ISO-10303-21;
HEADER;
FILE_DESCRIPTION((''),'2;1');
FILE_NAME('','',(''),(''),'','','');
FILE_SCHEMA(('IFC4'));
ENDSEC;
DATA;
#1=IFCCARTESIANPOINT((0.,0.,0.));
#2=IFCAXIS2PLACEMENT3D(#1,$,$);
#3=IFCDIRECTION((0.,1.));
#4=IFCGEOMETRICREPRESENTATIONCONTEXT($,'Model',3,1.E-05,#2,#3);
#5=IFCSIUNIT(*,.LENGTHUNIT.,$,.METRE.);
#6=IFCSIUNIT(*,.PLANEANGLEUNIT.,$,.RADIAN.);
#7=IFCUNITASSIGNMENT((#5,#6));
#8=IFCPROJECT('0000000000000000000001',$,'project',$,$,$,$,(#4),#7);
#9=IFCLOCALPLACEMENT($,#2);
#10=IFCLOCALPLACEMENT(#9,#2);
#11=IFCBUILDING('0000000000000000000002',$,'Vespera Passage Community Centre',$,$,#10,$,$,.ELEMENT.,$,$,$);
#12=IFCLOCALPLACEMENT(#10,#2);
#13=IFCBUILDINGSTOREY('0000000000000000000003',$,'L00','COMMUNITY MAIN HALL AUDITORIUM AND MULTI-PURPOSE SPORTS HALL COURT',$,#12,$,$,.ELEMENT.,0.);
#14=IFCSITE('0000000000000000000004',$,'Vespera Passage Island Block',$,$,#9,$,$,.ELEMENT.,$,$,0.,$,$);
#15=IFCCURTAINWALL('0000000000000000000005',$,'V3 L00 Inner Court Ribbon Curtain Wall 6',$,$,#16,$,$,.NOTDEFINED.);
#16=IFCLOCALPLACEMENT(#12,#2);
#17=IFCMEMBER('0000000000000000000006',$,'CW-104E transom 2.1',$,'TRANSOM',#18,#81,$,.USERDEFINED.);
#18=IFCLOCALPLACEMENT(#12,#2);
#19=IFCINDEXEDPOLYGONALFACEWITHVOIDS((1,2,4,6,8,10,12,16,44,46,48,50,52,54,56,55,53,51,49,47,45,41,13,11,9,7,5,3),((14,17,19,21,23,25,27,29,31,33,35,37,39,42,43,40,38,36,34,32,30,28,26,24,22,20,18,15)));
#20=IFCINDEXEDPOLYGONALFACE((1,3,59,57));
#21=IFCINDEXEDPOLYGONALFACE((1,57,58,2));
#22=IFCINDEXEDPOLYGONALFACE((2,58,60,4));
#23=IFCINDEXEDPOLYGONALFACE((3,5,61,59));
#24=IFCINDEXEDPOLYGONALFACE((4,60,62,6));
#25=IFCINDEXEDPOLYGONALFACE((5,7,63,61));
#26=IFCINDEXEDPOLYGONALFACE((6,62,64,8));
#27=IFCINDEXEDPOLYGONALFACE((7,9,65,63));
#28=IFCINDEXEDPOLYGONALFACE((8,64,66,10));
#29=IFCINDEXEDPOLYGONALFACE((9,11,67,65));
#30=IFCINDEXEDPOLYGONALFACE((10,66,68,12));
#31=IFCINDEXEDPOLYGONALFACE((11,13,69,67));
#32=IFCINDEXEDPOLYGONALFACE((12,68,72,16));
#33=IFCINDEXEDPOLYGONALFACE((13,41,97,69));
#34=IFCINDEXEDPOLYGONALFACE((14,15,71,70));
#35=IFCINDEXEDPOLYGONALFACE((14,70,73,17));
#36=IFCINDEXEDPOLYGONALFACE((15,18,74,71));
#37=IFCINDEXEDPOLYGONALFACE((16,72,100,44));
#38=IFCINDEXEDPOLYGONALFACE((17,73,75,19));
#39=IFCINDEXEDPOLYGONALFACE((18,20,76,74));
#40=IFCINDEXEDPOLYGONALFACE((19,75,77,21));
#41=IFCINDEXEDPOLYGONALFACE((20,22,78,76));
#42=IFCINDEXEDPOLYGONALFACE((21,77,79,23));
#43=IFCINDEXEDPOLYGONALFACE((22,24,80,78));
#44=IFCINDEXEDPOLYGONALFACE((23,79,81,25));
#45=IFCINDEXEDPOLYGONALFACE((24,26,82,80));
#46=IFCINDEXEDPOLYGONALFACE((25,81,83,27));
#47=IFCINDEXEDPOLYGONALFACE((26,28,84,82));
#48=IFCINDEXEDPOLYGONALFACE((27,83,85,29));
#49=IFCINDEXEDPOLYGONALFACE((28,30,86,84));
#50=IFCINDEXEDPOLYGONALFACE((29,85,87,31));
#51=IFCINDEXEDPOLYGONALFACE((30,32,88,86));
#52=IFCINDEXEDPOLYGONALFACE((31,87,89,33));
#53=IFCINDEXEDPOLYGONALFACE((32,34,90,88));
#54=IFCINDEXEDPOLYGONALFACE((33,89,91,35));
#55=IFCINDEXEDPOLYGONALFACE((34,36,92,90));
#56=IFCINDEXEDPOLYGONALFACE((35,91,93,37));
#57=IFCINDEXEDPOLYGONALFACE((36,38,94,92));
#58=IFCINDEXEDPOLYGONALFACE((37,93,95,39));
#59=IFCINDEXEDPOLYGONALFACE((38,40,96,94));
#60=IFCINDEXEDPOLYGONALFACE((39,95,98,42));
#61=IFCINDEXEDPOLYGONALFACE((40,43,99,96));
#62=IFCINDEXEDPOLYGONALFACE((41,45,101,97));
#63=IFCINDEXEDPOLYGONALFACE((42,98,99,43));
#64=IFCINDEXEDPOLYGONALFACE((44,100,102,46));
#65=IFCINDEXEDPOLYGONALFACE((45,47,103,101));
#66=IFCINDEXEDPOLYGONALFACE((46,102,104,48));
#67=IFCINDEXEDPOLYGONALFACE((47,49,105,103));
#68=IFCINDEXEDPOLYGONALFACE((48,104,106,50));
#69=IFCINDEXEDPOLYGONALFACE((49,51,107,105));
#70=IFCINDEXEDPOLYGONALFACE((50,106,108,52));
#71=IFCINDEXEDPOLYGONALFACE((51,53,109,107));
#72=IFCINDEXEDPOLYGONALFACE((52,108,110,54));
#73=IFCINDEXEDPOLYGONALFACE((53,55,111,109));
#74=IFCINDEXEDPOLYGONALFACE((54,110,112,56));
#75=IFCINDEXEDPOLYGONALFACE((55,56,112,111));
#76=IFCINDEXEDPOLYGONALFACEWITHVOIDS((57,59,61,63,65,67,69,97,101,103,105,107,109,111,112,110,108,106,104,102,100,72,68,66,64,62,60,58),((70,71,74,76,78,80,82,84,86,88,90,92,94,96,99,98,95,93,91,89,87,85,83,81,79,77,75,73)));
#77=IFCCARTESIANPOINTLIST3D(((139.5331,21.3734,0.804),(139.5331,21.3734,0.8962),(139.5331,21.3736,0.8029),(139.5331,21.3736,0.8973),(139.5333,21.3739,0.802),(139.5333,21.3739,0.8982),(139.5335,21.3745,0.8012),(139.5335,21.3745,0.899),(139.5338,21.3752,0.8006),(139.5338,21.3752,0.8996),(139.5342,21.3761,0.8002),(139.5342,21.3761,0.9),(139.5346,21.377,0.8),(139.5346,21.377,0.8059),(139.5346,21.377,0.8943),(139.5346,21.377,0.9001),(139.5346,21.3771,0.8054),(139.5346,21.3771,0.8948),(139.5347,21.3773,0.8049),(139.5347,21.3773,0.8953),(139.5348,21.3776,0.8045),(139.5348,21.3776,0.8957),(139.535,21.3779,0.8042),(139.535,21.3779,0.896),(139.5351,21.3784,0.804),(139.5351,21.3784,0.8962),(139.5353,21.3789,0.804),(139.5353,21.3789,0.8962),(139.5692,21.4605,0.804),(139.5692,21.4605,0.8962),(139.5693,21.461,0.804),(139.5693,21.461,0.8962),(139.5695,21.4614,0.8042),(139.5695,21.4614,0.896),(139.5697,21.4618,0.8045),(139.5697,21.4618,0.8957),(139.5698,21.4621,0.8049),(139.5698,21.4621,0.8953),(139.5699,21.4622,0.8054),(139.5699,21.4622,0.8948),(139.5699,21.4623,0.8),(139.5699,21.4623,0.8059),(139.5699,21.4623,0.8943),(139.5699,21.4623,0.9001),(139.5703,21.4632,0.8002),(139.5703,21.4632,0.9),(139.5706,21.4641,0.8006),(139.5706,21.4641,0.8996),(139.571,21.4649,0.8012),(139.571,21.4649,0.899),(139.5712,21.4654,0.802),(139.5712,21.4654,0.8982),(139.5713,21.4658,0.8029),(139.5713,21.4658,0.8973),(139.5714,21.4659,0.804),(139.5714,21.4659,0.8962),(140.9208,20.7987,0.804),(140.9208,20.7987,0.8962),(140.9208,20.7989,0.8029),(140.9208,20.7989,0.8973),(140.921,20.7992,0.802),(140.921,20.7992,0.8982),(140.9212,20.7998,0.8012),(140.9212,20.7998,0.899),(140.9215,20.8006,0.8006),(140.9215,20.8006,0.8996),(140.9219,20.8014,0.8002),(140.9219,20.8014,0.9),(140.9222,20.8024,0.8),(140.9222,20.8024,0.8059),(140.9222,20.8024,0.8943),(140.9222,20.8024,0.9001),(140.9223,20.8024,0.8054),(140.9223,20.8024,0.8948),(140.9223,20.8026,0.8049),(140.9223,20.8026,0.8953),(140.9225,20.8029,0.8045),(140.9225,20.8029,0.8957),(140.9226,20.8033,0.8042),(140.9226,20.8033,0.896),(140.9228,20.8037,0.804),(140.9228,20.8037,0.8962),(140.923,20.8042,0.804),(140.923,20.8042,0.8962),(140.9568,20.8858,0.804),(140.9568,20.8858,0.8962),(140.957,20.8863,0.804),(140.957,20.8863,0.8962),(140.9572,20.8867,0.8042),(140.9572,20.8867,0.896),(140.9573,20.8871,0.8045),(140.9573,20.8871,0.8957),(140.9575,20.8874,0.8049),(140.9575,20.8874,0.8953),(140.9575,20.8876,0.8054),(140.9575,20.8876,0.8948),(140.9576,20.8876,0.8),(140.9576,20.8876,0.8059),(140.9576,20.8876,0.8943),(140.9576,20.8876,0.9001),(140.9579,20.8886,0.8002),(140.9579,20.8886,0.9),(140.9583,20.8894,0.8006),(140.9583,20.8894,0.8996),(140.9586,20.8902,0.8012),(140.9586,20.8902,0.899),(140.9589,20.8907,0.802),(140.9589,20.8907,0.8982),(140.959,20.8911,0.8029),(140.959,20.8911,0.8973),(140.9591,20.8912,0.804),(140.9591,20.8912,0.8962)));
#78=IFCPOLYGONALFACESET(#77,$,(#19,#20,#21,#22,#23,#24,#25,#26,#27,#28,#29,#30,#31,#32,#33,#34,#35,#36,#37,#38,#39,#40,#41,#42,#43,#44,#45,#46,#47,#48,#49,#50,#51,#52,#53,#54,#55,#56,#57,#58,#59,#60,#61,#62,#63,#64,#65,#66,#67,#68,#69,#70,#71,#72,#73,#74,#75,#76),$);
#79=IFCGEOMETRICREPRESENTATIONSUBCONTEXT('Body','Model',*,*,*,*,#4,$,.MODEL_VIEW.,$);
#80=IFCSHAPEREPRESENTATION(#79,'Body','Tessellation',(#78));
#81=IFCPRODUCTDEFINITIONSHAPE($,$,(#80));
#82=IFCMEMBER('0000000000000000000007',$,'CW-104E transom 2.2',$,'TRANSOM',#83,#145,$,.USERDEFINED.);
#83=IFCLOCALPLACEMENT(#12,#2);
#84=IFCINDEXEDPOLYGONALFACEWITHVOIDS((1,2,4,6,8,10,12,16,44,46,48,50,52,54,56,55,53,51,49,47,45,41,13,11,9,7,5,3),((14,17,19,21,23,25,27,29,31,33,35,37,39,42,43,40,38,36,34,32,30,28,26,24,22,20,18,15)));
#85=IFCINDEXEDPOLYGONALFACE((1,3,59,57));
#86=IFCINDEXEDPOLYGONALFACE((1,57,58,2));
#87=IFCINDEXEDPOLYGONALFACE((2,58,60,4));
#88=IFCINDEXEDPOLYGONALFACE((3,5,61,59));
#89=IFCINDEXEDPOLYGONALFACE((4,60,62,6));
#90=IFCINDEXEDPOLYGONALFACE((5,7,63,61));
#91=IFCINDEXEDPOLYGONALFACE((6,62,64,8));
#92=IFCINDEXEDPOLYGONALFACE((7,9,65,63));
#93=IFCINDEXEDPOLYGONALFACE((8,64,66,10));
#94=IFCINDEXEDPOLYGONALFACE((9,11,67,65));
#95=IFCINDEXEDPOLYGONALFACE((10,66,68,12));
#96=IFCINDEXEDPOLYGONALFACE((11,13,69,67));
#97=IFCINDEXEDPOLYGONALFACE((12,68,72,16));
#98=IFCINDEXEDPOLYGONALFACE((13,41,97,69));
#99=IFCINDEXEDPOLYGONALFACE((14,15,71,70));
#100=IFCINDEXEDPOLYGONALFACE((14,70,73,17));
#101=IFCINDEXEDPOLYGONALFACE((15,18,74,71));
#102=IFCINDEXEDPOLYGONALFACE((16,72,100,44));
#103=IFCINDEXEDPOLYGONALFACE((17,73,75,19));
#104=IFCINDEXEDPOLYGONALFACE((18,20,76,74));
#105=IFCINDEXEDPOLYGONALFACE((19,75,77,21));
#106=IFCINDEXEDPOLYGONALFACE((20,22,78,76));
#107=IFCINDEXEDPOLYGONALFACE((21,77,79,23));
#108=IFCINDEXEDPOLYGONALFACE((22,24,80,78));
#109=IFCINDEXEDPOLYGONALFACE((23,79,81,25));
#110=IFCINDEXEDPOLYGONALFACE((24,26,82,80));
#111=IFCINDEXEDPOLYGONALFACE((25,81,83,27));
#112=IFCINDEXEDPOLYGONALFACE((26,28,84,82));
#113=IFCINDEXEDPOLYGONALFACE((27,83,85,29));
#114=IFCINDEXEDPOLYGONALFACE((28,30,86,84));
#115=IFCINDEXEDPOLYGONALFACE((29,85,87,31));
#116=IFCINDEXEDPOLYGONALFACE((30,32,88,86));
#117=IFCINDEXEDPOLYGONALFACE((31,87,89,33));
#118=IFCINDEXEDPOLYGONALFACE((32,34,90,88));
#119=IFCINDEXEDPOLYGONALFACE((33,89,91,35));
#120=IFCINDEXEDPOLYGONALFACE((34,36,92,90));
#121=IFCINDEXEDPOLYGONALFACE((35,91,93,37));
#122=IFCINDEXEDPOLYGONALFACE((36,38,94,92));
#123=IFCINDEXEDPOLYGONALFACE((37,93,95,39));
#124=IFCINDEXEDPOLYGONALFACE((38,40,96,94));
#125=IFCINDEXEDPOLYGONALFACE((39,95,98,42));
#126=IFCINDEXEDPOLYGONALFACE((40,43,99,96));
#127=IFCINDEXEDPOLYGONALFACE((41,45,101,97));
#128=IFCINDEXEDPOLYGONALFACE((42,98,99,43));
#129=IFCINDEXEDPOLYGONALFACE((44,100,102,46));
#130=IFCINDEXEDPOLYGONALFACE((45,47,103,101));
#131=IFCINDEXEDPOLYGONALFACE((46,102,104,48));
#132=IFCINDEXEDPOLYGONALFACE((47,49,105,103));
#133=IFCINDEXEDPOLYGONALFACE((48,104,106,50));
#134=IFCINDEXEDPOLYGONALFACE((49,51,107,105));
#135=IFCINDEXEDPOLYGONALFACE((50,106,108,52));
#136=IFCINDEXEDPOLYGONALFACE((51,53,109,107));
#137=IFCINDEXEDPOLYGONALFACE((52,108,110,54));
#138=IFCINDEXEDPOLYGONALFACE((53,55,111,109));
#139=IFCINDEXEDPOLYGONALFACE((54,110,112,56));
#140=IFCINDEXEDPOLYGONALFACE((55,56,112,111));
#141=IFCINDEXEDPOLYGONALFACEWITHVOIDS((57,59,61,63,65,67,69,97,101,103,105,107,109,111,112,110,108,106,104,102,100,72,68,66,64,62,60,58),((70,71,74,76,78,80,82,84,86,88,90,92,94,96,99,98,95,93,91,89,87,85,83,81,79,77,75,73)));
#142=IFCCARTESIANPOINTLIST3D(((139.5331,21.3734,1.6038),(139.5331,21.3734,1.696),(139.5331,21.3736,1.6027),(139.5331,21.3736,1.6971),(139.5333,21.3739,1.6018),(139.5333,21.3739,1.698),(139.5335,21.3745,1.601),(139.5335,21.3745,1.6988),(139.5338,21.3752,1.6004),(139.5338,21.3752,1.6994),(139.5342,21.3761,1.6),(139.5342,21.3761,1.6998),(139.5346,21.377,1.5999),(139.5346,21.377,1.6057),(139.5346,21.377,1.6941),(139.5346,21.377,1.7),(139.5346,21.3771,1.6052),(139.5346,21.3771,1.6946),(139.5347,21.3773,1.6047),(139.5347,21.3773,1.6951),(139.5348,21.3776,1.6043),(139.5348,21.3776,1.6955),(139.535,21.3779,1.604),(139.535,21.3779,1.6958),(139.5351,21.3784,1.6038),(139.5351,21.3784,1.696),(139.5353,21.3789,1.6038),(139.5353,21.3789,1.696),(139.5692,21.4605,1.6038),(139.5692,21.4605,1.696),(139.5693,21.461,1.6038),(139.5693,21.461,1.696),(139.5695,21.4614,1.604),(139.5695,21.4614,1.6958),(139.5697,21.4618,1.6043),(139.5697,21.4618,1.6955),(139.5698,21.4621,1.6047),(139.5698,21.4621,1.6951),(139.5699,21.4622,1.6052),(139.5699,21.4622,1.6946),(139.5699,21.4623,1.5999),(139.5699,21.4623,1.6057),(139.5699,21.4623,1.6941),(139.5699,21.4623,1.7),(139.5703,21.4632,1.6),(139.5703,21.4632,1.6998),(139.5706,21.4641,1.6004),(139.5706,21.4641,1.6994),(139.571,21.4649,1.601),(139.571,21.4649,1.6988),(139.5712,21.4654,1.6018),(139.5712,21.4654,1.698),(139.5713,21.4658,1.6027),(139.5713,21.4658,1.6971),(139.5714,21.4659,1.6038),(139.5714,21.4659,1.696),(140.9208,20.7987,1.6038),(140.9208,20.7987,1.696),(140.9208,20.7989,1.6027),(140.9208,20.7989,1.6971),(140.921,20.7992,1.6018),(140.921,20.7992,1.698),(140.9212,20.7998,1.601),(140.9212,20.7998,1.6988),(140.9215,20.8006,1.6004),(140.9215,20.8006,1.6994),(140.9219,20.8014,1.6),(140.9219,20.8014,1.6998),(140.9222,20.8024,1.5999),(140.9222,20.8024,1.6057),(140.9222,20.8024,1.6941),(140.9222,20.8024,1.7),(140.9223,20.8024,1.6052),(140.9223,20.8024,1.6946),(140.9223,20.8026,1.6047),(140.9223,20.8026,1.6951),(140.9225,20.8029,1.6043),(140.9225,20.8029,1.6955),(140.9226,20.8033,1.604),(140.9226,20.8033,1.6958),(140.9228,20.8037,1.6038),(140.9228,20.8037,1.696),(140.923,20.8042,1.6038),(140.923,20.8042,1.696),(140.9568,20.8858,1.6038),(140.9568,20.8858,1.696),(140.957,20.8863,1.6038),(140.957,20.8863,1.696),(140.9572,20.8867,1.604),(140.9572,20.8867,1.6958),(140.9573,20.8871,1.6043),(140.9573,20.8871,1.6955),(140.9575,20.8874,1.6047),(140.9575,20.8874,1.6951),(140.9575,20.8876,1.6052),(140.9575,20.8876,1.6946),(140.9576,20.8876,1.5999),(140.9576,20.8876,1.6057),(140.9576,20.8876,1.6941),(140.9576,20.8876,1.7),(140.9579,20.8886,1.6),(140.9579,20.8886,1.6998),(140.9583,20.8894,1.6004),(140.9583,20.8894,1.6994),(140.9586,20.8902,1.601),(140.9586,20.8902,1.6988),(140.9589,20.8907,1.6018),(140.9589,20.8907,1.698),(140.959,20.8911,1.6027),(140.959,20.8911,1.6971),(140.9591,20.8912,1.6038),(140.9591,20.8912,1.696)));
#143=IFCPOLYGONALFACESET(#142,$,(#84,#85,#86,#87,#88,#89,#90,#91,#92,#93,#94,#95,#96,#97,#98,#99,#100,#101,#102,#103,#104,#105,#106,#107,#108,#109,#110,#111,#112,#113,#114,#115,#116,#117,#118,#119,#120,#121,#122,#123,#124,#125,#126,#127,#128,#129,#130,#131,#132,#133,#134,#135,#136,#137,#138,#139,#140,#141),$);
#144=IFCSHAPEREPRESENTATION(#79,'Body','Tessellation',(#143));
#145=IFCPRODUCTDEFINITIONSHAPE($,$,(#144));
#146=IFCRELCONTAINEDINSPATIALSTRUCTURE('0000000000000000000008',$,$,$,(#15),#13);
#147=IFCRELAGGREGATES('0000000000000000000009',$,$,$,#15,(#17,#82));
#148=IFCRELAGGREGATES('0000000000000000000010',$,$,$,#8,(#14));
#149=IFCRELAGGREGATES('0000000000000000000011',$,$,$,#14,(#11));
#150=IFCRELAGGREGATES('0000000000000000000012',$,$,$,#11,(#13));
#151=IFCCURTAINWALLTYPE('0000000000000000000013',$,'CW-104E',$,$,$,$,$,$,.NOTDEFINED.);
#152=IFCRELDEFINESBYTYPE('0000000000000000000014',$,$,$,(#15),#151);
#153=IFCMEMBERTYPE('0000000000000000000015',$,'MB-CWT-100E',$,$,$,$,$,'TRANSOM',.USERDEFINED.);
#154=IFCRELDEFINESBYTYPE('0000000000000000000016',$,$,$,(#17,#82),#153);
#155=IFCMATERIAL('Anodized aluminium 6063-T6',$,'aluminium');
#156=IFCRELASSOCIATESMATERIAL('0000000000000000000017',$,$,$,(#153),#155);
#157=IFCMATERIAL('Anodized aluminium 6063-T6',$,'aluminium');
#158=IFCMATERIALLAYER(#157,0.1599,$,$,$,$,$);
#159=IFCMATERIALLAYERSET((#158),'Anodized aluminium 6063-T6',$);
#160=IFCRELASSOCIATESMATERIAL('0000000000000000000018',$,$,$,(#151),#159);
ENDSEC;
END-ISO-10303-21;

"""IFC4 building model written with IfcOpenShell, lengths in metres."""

from ifc_helpers import new_model, si_unit, direction, frame, origin, origin_2d, place, context, subcontext, project, spatial, hollow_rectangle, extrude, material, layer, layer_set, material_profile, profile_set, type_object, element, aggregate, save


model = new_model("IFC4")

# Units and contexts
model_context = context("Model", 3, precision=1e-05, world=origin(), true_north=direction((0.0, 1.0)))
body_context = subcontext(model_context, "Body", "Model", "MODEL_VIEW")
ifc_project = project(units=[si_unit("LENGTHUNIT", "METRE"), si_unit("PLANEANGLEUNIT", "RADIAN")], contexts=[model_context])

# Site, building, storey
site_placement = place(None, origin())
site = spatial("IfcSite", under=ifc_project, at=site_placement, Name="Vespera Passage Island Block", CompositionType="ELEMENT", RefElevation=0.0)
building_placement = place(site_placement, origin())
building = spatial("IfcBuilding", under=site, at=building_placement, Name="Vespera Passage Community Centre", CompositionType="ELEMENT")
storey_placement = place(building_placement, origin())
storey = spatial("IfcBuildingStorey", under=building, at=storey_placement, Name="L00", Description="COMMUNITY MAIN HALL AUDITORIUM AND MULTI-PURPOSE SPORTS HALL COURT", CompositionType="ELEMENT", Elevation=0.0)

# Curtain wall, members
ifc_material_1 = material(Name="Anodized aluminium 6063-T6", Category="aluminium")
ifc_material_profile_1 = material_profile(ifc_material_1, hollow_rectangle(XDim=0.1001, YDim=0.1001, WallThickness=0.0039, InnerFilletRadius=0.002, OuterFilletRadius=0.0039, at=origin_2d()), Name="ALU100X100X4")
ifc_profile_set_1 = profile_set([ifc_material_profile_1], Name="Anodized aluminium 6063-T6")
member_type_1 = type_object("IfcMemberType", Name="MB-CWT-100E", ElementType="TRANSOM", PredefinedType="USERDEFINED", material=ifc_profile_set_1)
ifc_material_2 = material(Name="Anodized aluminium 6063-T6", Category="aluminium")
ifc_layer_1 = layer(ifc_material_2, 0.1599)
ifc_layer_set_1 = layer_set([ifc_layer_1], Name="Anodized aluminium 6063-T6")
curtain_wall_type_1 = type_object("IfcCurtainWallType", Name="CW-104E", PredefinedType="NOTDEFINED", material=ifc_layer_set_1)
curtain_wall_1_placement = place(storey_placement, origin())
curtain_wall_1 = element("IfcCurtainWall", 1, at=curtain_wall_1_placement, inside=storey, type_object=curtain_wall_type_1, Name="V3 L00 Inner Court Ribbon Curtain Wall 6", PredefinedType="NOTDEFINED")
member_1_placement = place(storey_placement, frame((139.5522, 21.4197, 0.8501), z_axis=(0.923902, -0.382629, 0.0), x_axis=(0.382629, 0.923902, 0.0)))
member_1 = element("IfcMember", 2, at=member_1_placement, type_object=member_type_1, Name="CW-104E transom 2.1", ObjectType="TRANSOM", PredefinedType="USERDEFINED", context=body_context, shape_type="SweptSolid", body=[
    extrude(hollow_rectangle(XDim=0.1001, YDim=0.1001, WallThickness=0.0039, InnerFilletRadius=0.002, OuterFilletRadius=0.0039, at=origin_2d()), origin(), (0.0, 0.0, 1.0), 1.502),
])
member_2_placement = place(storey_placement, frame((139.5522, 21.4197, 1.6499), z_axis=(0.923902, -0.382629, 0.0), x_axis=(0.382629, 0.923902, 0.0)))
member_2 = element("IfcMember", 3, at=member_2_placement, type_object=member_type_1, Name="CW-104E transom 2.2", ObjectType="TRANSOM", PredefinedType="USERDEFINED", context=body_context, shape_type="SweptSolid", body=[
    extrude(hollow_rectangle(XDim=0.1001, YDim=0.1001, WallThickness=0.0039, InnerFilletRadius=0.002, OuterFilletRadius=0.0039, at=origin_2d()), origin(), (0.0, 0.0, 1.0), 1.502),
])

aggregate(curtain_wall_1, [member_1, member_2])

save(model, "model.ifc")
